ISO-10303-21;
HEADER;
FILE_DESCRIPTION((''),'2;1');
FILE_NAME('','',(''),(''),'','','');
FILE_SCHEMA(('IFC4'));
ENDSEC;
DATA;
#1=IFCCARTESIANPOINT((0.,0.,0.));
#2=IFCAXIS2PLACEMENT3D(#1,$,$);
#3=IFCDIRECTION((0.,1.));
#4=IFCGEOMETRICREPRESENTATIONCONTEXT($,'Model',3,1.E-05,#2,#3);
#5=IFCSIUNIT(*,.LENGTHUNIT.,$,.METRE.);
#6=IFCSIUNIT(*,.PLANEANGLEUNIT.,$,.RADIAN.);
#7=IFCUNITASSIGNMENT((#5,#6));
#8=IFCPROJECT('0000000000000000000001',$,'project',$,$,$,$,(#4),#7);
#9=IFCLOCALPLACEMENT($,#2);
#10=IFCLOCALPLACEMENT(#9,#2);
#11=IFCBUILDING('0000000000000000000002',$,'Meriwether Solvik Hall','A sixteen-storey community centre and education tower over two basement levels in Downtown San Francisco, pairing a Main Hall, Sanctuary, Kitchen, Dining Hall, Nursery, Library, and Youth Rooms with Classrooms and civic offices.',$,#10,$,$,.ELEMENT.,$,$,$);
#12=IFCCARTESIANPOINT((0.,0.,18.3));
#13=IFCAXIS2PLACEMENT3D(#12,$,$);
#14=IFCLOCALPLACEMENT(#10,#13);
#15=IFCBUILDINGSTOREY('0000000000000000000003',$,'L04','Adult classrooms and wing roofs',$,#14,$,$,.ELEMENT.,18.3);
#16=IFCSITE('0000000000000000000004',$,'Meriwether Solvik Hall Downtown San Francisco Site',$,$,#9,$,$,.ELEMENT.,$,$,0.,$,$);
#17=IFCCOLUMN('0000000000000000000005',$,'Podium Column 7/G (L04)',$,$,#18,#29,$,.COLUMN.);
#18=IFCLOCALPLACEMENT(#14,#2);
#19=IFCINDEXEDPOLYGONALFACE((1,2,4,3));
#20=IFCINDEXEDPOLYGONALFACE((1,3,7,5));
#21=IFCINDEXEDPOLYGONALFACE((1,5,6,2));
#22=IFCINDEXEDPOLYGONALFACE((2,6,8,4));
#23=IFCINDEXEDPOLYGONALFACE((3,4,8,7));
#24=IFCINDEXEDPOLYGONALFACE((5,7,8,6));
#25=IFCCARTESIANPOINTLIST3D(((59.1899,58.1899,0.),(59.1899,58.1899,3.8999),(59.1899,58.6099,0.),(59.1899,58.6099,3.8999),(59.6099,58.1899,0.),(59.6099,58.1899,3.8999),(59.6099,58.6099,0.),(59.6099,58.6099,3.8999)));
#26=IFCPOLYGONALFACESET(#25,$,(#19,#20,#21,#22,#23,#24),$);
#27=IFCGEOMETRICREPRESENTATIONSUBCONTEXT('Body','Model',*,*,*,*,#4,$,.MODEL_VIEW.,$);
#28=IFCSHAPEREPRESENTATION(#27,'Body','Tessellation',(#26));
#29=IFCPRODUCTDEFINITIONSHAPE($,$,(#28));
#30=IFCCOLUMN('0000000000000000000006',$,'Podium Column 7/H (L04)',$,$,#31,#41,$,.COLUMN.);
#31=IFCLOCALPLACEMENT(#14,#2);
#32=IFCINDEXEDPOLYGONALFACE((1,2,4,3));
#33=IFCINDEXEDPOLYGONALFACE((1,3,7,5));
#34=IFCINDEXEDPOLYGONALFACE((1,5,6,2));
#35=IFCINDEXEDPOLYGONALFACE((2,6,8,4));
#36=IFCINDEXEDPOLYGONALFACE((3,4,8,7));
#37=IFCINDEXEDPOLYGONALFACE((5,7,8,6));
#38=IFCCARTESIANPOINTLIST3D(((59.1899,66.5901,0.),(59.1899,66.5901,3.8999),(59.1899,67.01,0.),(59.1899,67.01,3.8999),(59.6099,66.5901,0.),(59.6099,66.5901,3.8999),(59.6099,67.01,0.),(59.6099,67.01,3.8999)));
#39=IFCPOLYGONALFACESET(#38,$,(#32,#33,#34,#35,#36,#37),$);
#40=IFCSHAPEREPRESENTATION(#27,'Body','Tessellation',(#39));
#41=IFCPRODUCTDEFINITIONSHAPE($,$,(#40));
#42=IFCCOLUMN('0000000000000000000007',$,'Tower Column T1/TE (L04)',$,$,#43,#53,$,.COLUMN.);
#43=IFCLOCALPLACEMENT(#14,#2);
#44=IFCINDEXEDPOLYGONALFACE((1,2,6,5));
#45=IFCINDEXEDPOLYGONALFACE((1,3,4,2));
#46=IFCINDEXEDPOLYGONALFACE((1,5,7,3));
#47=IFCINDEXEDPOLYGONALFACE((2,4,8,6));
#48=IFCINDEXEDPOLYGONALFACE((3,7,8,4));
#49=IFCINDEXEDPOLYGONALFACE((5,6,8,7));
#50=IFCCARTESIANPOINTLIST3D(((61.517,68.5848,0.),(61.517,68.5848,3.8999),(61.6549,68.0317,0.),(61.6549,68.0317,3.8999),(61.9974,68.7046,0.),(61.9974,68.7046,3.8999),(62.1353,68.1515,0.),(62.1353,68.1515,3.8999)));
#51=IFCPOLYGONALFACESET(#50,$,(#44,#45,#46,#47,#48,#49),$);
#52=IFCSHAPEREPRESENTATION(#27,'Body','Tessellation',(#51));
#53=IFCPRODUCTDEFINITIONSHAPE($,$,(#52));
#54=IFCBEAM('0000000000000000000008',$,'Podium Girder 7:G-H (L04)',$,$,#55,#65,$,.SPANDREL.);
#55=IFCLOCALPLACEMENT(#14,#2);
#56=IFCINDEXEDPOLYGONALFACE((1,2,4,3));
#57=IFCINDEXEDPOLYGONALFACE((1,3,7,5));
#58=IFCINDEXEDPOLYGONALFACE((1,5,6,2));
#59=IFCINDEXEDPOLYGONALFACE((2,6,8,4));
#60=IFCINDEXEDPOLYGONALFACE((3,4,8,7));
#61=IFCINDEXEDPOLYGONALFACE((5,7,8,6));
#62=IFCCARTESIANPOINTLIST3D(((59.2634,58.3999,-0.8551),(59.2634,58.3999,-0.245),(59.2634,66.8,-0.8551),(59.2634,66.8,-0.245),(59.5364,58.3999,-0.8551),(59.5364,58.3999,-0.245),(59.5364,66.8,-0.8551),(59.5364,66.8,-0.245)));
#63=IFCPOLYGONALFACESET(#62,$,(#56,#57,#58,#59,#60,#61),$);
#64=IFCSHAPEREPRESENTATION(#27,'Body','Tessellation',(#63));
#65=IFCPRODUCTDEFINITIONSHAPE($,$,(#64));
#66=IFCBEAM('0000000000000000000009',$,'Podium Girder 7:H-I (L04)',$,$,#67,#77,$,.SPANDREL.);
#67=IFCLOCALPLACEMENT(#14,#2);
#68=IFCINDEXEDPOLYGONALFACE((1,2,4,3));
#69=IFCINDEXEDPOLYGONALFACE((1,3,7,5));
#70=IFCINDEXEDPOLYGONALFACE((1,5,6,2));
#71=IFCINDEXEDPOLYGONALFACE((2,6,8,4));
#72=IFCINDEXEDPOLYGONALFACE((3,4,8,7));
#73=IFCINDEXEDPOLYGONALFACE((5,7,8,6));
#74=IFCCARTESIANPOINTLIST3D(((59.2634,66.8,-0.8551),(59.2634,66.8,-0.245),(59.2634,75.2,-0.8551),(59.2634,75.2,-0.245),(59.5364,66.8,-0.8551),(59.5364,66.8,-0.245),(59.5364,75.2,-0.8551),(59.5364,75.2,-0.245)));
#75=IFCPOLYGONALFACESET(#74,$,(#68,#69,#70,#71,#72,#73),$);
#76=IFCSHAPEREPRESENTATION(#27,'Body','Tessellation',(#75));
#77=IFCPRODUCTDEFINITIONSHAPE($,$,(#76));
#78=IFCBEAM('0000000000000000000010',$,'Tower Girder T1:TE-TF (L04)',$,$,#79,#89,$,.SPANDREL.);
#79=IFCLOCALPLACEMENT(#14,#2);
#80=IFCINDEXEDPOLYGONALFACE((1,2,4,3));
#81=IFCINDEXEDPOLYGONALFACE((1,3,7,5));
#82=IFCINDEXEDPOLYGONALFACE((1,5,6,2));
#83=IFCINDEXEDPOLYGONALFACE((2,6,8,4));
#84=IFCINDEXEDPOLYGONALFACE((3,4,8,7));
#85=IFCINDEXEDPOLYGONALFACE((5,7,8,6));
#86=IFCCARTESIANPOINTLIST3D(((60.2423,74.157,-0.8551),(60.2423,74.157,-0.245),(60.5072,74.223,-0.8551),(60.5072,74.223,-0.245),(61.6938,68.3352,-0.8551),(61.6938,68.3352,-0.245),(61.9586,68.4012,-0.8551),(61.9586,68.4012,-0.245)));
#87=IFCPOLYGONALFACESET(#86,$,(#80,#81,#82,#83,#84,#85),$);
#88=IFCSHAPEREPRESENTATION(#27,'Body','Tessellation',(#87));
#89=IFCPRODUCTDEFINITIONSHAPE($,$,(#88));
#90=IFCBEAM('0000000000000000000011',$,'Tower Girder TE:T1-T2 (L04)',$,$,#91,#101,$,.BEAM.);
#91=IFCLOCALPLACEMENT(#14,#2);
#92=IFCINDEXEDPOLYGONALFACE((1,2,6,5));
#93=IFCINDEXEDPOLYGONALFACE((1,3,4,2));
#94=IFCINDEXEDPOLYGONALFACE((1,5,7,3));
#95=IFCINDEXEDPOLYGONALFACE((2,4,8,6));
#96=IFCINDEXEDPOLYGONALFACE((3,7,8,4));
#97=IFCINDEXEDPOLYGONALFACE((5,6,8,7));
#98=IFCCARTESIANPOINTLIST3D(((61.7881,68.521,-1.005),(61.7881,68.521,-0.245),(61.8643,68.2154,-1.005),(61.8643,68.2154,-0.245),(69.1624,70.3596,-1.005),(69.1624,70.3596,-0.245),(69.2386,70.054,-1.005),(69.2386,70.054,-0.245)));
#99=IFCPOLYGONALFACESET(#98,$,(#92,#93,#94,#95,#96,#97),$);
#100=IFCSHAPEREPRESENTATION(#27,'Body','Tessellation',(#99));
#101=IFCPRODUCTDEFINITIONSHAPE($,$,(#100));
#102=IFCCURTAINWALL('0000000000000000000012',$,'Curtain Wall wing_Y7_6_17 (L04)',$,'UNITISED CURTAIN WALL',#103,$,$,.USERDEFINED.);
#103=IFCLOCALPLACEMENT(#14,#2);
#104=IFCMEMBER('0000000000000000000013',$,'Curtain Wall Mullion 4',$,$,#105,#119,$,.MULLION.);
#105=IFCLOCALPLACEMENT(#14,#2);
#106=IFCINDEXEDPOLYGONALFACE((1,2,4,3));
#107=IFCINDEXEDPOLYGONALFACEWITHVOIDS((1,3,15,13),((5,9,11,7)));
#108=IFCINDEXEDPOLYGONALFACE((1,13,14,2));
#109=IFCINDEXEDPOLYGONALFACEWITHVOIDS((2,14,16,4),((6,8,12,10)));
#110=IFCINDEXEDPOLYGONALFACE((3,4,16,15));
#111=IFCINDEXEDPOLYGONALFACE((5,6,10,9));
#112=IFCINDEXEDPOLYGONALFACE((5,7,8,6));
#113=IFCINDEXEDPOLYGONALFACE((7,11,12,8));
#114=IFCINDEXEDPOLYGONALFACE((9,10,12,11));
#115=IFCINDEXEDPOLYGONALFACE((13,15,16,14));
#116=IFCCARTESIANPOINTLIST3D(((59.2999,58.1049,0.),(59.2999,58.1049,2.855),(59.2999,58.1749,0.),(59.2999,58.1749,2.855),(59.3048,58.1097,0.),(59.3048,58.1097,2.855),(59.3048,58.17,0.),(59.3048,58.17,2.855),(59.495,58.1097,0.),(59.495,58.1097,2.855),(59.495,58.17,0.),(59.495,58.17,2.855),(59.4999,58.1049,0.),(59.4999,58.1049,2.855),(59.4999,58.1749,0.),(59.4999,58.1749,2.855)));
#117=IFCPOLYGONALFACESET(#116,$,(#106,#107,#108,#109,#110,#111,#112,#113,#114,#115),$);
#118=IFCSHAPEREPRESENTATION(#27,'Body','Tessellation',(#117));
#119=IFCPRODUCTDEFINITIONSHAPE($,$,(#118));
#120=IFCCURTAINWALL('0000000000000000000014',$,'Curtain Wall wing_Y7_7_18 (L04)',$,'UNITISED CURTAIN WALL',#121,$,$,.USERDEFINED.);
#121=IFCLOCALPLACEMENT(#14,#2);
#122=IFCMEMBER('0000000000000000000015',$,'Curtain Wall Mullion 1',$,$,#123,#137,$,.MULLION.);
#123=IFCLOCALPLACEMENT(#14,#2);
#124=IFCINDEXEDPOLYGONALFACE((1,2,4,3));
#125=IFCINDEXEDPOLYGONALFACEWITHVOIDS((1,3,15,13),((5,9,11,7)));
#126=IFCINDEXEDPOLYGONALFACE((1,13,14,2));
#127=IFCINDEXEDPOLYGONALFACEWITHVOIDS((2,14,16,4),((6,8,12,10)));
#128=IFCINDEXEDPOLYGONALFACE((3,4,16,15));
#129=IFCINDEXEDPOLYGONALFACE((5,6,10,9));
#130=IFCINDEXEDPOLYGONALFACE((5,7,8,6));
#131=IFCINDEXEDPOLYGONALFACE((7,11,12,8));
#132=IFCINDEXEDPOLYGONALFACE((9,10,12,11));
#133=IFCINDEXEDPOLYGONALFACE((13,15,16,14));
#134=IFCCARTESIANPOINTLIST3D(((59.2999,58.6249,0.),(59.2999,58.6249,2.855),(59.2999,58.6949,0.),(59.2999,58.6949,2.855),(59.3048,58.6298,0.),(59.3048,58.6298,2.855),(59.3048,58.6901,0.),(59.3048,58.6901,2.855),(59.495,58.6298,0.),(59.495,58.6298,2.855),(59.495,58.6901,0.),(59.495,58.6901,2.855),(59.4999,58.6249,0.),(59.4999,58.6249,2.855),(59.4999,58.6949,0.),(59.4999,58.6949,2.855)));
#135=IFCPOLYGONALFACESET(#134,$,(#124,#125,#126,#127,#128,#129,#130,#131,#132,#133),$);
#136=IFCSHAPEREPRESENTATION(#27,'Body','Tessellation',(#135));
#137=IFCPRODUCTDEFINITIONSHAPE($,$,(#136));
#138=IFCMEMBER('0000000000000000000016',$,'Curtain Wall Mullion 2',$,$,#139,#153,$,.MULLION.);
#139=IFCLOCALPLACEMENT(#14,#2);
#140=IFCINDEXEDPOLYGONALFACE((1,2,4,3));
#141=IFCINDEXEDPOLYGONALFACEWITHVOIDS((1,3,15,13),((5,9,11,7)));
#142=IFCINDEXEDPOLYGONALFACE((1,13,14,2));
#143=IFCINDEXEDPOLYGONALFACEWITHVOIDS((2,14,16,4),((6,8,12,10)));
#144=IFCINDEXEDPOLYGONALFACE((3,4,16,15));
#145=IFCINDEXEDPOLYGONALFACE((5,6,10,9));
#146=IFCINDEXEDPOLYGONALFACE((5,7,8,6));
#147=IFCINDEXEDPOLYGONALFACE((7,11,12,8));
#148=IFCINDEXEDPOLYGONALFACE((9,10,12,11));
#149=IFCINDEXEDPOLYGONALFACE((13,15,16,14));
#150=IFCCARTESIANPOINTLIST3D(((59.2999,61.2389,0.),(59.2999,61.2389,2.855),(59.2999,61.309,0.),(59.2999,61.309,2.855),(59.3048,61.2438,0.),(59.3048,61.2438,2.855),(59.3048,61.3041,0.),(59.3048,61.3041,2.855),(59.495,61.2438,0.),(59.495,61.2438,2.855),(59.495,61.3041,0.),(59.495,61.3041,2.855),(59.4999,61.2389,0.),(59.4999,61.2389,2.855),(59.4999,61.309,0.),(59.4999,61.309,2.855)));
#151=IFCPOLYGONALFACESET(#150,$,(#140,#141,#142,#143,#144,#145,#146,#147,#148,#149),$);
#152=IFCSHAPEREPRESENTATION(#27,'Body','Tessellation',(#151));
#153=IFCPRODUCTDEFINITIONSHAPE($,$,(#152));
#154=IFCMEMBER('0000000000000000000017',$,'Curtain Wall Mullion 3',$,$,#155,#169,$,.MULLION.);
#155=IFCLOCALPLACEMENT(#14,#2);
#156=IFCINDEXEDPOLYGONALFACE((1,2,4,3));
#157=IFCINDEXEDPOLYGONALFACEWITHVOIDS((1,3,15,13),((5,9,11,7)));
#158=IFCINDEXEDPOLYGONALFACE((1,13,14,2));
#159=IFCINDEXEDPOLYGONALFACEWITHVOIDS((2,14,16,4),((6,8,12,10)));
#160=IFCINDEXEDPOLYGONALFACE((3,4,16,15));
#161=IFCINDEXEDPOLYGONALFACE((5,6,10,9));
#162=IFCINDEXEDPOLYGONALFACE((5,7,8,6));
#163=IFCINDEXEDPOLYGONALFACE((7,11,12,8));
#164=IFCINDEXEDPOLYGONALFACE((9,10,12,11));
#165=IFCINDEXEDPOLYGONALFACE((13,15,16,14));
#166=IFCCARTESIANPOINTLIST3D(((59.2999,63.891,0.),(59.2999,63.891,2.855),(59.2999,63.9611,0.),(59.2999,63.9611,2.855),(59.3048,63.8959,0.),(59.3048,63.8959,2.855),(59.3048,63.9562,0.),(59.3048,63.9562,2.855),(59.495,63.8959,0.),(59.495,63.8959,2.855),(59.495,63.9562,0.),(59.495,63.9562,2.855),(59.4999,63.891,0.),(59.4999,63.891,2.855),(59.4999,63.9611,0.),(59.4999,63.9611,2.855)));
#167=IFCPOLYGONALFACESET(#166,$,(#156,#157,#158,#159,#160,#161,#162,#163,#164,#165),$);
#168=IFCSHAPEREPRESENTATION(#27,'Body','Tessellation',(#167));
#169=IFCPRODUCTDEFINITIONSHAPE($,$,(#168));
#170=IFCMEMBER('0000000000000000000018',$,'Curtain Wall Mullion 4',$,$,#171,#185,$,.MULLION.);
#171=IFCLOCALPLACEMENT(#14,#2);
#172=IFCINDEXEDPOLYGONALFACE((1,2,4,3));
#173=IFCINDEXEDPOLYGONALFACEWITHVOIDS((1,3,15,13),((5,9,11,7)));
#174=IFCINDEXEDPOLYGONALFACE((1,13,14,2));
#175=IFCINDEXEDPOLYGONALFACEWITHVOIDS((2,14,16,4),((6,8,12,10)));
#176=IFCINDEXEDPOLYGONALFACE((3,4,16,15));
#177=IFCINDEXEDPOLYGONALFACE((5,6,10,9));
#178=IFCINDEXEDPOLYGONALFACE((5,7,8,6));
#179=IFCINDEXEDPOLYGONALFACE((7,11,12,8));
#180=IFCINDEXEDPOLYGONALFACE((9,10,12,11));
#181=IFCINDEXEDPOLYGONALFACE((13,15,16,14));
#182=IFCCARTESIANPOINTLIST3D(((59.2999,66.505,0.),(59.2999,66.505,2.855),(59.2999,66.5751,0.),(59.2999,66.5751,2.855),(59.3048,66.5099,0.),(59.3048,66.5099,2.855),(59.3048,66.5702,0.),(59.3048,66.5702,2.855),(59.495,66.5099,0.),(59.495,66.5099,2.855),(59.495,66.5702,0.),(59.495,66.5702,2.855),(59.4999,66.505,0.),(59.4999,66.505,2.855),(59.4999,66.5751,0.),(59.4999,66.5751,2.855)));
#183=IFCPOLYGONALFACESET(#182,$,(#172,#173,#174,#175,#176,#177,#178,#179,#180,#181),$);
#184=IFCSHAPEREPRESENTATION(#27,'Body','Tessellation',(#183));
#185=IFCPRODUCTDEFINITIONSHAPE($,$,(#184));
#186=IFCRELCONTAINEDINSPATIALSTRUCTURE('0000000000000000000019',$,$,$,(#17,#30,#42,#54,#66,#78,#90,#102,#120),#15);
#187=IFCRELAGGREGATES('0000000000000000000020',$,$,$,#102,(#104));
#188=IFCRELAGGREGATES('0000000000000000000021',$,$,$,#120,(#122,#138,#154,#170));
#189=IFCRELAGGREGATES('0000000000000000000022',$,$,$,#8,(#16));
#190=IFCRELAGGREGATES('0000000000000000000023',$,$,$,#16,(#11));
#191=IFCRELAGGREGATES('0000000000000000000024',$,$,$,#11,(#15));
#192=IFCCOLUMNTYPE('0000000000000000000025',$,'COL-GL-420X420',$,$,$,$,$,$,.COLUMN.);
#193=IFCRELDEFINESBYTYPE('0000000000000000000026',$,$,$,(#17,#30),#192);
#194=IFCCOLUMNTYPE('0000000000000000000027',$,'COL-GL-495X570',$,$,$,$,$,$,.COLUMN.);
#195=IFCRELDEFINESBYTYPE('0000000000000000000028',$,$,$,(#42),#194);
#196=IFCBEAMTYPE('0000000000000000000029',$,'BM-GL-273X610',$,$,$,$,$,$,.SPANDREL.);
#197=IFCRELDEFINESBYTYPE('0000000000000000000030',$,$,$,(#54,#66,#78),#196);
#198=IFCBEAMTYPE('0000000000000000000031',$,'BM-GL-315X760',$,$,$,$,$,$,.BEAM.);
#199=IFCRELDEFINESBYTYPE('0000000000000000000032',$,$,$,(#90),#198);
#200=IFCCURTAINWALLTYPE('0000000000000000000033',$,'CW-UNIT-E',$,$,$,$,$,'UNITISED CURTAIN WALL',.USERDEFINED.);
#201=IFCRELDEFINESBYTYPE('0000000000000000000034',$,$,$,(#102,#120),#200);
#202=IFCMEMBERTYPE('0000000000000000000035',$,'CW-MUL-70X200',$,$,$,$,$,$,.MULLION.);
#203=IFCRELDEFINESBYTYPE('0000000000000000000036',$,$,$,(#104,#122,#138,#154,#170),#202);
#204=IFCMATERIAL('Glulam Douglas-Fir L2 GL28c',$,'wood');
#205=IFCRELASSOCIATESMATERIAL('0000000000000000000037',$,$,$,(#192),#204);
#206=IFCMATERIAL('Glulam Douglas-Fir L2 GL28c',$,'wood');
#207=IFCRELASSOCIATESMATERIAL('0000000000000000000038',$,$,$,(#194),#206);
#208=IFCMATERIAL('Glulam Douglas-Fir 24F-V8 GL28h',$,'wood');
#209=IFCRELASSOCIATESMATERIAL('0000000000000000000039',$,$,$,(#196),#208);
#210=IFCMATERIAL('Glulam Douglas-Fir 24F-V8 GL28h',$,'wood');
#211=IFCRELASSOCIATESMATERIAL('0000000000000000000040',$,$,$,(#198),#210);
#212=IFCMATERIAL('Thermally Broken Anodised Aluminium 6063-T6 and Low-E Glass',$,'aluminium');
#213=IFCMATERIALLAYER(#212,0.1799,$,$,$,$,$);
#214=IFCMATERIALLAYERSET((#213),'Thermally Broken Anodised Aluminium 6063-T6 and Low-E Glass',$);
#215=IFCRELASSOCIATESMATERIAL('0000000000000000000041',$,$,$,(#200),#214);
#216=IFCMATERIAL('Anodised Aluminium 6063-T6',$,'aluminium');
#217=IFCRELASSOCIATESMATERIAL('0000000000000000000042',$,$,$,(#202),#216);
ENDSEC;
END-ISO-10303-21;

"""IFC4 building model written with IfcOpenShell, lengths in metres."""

from ifc_helpers import new_model, si_unit, direction, frame, origin, origin_2d, place, context, subcontext, project, spatial, rectangle, hollow_rectangle, extrude, material, layer, layer_set, material_profile, profile_set, type_object, element, aggregate, save


model = new_model("IFC4")

# Units and contexts
model_context = context("Model", 3, precision=1e-05, world=origin(), true_north=direction((0.0, 1.0)))
body_context = subcontext(model_context, "Body", "Model", "MODEL_VIEW")
ifc_project = project(units=[si_unit("LENGTHUNIT", "METRE"), si_unit("PLANEANGLEUNIT", "RADIAN")], contexts=[model_context])

# Site, building, storey
site_placement = place(None, origin())
site = spatial("IfcSite", under=ifc_project, at=site_placement, Name="Meriwether Solvik Hall Downtown San Francisco Site", CompositionType="ELEMENT", RefElevation=0.0)
building_placement = place(site_placement, origin())
building = spatial("IfcBuilding", under=site, at=building_placement, Name="Meriwether Solvik Hall", Description="A sixteen-storey community centre and education tower over two basement levels in Downtown San Francisco, pairing a Main Hall, Sanctuary, Kitchen, Dining Hall, Nursery, Library, and Youth Rooms with Classrooms and civic offices.", CompositionType="ELEMENT")
storey_placement = place(building_placement, frame((0.0, 0.0, 18.3)))
storey = spatial("IfcBuildingStorey", under=building, at=storey_placement, Name="L04", Description="Adult classrooms and wing roofs", CompositionType="ELEMENT", Elevation=18.3)

# Columns
ifc_material_1 = material(Name="Glulam Douglas-Fir L2 GL28c", Category="wood")
ifc_material_profile_1 = material_profile(ifc_material_1, rectangle(XDim=0.4199, YDim=0.4199, at=origin_2d()), Name="GLC-420X420")
ifc_profile_set_1 = profile_set([ifc_material_profile_1], Name="Glulam Douglas-Fir L2 GL28c")
column_type_1 = type_object("IfcColumnType", Name="COL-GL-420X420", PredefinedType="COLUMN", material=ifc_profile_set_1)
for number, where, z_axis, x_axis, name in (
    (1, (59.3999, 58.3999, 0.0), (0.0, 0.0, 1.0), (1.0, 0.0, 0.0), "Podium Column 7/G (L04)"),
    (2, (59.3999, 66.8, 0.0), (0.0, 0.0, 1.0), (1.0, 0.0, 0.0), "Podium Column 7/H (L04)"),
):
    element("IfcColumn", number, at=place(storey_placement, frame(where, z_axis=z_axis, x_axis=x_axis)), inside=storey, type_object=column_type_1, Name=name, PredefinedType="COLUMN", context=body_context, shape_type="SweptSolid", body=[
        extrude(rectangle(XDim=0.4199, YDim=0.4199, at=origin_2d()), origin(), (0.0, 0.0, 1.0), 3.8999),
    ])
ifc_material_2 = material(Name="Glulam Douglas-Fir L2 GL28c", Category="wood")
ifc_material_profile_2 = material_profile(ifc_material_2, rectangle(XDim=0.4951, YDim=0.5701, at=origin_2d()), Name="GLC-495X570")
ifc_profile_set_2 = profile_set([ifc_material_profile_2], Name="Glulam Douglas-Fir L2 GL28c")
column_type_2 = type_object("IfcColumnType", Name="COL-GL-495X570", PredefinedType="COLUMN", material=ifc_profile_set_2)
column_placement = place(storey_placement, frame((61.8262, 68.3682, 0.0), z_axis=(0.0, 0.0, 1.0), x_axis=(0.970296, 0.241922, 0.0)))
element("IfcColumn", 3, at=column_placement, inside=storey, type_object=column_type_2, Name="Tower Column T1/TE (L04)", PredefinedType="COLUMN", context=body_context, shape_type="SweptSolid", body=[
    extrude(rectangle(XDim=0.4951, YDim=0.5701, at=origin_2d()), origin(), (0.0, 0.0, 1.0), 3.8999),
])

# Beams
ifc_material_3 = material(Name="Glulam Douglas-Fir 24F-V8 GL28h", Category="wood")
ifc_material_profile_3 = material_profile(ifc_material_3, rectangle(XDim=0.2729, YDim=0.6101, at=origin_2d()), Name="GLB-273X610")
ifc_profile_set_3 = profile_set([ifc_material_profile_3], Name="Glulam Douglas-Fir 24F-V8 GL28h")
beam_type_1 = type_object("IfcBeamType", Name="BM-GL-273X610", PredefinedType="SPANDREL", material=ifc_profile_set_3)
beam_1_placement = place(storey_placement, frame((59.3999, 58.3999, -0.55), z_axis=(0.0, 1.0, 0.0), x_axis=(-1.0, 0.0, 0.0)))
element("IfcBeam", 4, at=beam_1_placement, inside=storey, type_object=beam_type_1, Name="Podium Girder 7:G-H (L04)", PredefinedType="SPANDREL", context=body_context, shape_type="SweptSolid", body=[
    extrude(rectangle(XDim=0.2729, YDim=0.6101, at=origin_2d()), origin(), (0.0, 0.0, 1.0), 8.4001),
])
beam_2_placement = place(storey_placement, frame((59.3999, 66.8, -0.55), z_axis=(0.0, 1.0, 0.0), x_axis=(-1.0, 0.0, 0.0)))
element("IfcBeam", 5, at=beam_2_placement, inside=storey, type_object=beam_type_1, Name="Podium Girder 7:H-I (L04)", PredefinedType="SPANDREL", context=body_context, shape_type="SweptSolid", body=[
    extrude(rectangle(XDim=0.2729, YDim=0.6101, at=origin_2d()), origin(), (0.0, 0.0, 1.0), 8.3999),
])
beam_3_placement = place(storey_placement, frame((61.8262, 68.3682, -0.55), z_axis=(-0.241904, 0.9703, 0.0), x_axis=(-0.9703, -0.241904, 0.0)))
element("IfcBeam", 6, at=beam_3_placement, inside=storey, type_object=beam_type_1, Name="Tower Girder T1:TE-TF (L04)", PredefinedType="SPANDREL", context=body_context, shape_type="SweptSolid", body=[
    extrude(rectangle(XDim=0.2729, YDim=0.6101, at=origin_2d()), origin(), (0.0, 0.0, 1.0), 6.0),
])
ifc_material_4 = material(Name="Glulam Douglas-Fir 24F-V8 GL28h", Category="wood")
ifc_material_profile_4 = material_profile(ifc_material_4, rectangle(XDim=0.3149, YDim=0.76, at=origin_2d()), Name="GLB-315X760")
ifc_profile_set_4 = profile_set([ifc_material_profile_4], Name="Glulam Douglas-Fir 24F-V8 GL28h")
beam_type_2 = type_object("IfcBeamType", Name="BM-GL-315X760", PredefinedType="BEAM", material=ifc_profile_set_4)
beam_4_placement = place(storey_placement, frame((61.8262, 68.3682, -0.625), z_axis=(0.970295, 0.241923, 0.0), x_axis=(-0.241923, 0.970295, 0.0)))
element("IfcBeam", 7, at=beam_4_placement, inside=storey, type_object=beam_type_2, Name="Tower Girder TE:T1-T2 (L04)", PredefinedType="BEAM", context=body_context, shape_type="SweptSolid", body=[
    extrude(rectangle(XDim=0.3149, YDim=0.76, at=origin_2d()), origin(), (0.0, 0.0, 1.0), 7.6001),
])

# Curtain wall, member
ifc_material_5 = material(Name="Thermally Broken Anodised Aluminium 6063-T6 and Low-E Glass", Category="aluminium")
ifc_layer_1 = layer(ifc_material_5, 0.1799)
ifc_layer_set_1 = layer_set([ifc_layer_1], Name="Thermally Broken Anodised Aluminium 6063-T6 and Low-E Glass")
curtain_wall_type = type_object("IfcCurtainWallType", Name="CW-UNIT-E", ElementType="UNITISED CURTAIN WALL", PredefinedType="USERDEFINED", material=ifc_layer_set_1)
curtain_wall_1_placement = place(storey_placement, origin())
curtain_wall_1 = element("IfcCurtainWall", 8, at=curtain_wall_1_placement, inside=storey, type_object=curtain_wall_type, Name="Curtain Wall wing_Y7_6_17 (L04)", ObjectType="UNITISED CURTAIN WALL", PredefinedType="USERDEFINED")
ifc_material_6 = material(Name="Anodised Aluminium 6063-T6", Category="aluminium")
ifc_material_profile_5 = material_profile(ifc_material_6, hollow_rectangle(XDim=0.0701, YDim=0.2, WallThickness=0.0049, at=origin_2d()), Name="CWM-70X200")
ifc_profile_set_5 = profile_set([ifc_material_profile_5], Name="Anodised Aluminium 6063-T6")
member_type_1 = type_object("IfcMemberType", Name="CW-MUL-70X200", PredefinedType="MULLION", material=ifc_profile_set_5)
member_1_placement = place(storey_placement, frame((59.3999, 58.1399, 0.0), z_axis=(0.0, 0.0, 1.0), x_axis=(0.0, 1.0, 0.0)))
member_1 = element("IfcMember", 9, at=member_1_placement, type_object=member_type_1, Name="Curtain Wall Mullion 4", PredefinedType="MULLION", context=body_context, shape_type="SweptSolid", body=[
    extrude(hollow_rectangle(XDim=0.0701, YDim=0.2, WallThickness=0.0049, at=origin_2d()), origin(), (0.0, 0.0, 1.0), 2.855),
])
aggregate(curtain_wall_1, [member_1])

# Curtain wall, members
curtain_wall_2_placement = place(storey_placement, origin())
curtain_wall_2 = element("IfcCurtainWall", 10, at=curtain_wall_2_placement, inside=storey, type_object=curtain_wall_type, Name="Curtain Wall wing_Y7_7_18 (L04)", ObjectType="UNITISED CURTAIN WALL", PredefinedType="USERDEFINED")
member_2_placement = place(storey_placement, frame((59.3999, 58.6599, 0.0), z_axis=(0.0, 0.0, 1.0), x_axis=(0.0, 1.0, 0.0)))
member_2 = element("IfcMember", 11, at=member_2_placement, type_object=member_type_1, Name="Curtain Wall Mullion 1", PredefinedType="MULLION", context=body_context, shape_type="SweptSolid", body=[
    extrude(hollow_rectangle(XDim=0.0701, YDim=0.2, WallThickness=0.0049, at=origin_2d()), origin(), (0.0, 0.0, 1.0), 2.855),
])
member_3_placement = place(storey_placement, frame((59.3999, 61.2739, 0.0), z_axis=(0.0, 0.0, 1.0), x_axis=(0.0, 1.0, 0.0)))
member_3 = element("IfcMember", 12, at=member_3_placement, type_object=member_type_1, Name="Curtain Wall Mullion 2", PredefinedType="MULLION", context=body_context, shape_type="SweptSolid", body=[
    extrude(hollow_rectangle(XDim=0.0701, YDim=0.2, WallThickness=0.0049, at=origin_2d()), origin(), (0.0, 0.0, 1.0), 2.855),
])
member_4_placement = place(storey_placement, frame((59.3999, 63.926, 0.0), z_axis=(0.0, 0.0, 1.0), x_axis=(0.0, 1.0, 0.0)))
member_4 = element("IfcMember", 13, at=member_4_placement, type_object=member_type_1, Name="Curtain Wall Mullion 3", PredefinedType="MULLION", context=body_context, shape_type="SweptSolid", body=[
    extrude(hollow_rectangle(XDim=0.0701, YDim=0.2, WallThickness=0.0049, at=origin_2d()), origin(), (0.0, 0.0, 1.0), 2.855),
])
member_5_placement = place(storey_placement, frame((59.3999, 66.54, 0.0), z_axis=(0.0, 0.0, 1.0), x_axis=(0.0, 1.0, 0.0)))
member_5 = element("IfcMember", 14, at=member_5_placement, type_object=member_type_1, Name="Curtain Wall Mullion 4", PredefinedType="MULLION", context=body_context, shape_type="SweptSolid", body=[
    extrude(hollow_rectangle(XDim=0.0701, YDim=0.2, WallThickness=0.0049, at=origin_2d()), origin(), (0.0, 0.0, 1.0), 2.855),
])
aggregate(curtain_wall_2, [member_2, member_3, member_4, member_5])

save(model, "model.ifc")
